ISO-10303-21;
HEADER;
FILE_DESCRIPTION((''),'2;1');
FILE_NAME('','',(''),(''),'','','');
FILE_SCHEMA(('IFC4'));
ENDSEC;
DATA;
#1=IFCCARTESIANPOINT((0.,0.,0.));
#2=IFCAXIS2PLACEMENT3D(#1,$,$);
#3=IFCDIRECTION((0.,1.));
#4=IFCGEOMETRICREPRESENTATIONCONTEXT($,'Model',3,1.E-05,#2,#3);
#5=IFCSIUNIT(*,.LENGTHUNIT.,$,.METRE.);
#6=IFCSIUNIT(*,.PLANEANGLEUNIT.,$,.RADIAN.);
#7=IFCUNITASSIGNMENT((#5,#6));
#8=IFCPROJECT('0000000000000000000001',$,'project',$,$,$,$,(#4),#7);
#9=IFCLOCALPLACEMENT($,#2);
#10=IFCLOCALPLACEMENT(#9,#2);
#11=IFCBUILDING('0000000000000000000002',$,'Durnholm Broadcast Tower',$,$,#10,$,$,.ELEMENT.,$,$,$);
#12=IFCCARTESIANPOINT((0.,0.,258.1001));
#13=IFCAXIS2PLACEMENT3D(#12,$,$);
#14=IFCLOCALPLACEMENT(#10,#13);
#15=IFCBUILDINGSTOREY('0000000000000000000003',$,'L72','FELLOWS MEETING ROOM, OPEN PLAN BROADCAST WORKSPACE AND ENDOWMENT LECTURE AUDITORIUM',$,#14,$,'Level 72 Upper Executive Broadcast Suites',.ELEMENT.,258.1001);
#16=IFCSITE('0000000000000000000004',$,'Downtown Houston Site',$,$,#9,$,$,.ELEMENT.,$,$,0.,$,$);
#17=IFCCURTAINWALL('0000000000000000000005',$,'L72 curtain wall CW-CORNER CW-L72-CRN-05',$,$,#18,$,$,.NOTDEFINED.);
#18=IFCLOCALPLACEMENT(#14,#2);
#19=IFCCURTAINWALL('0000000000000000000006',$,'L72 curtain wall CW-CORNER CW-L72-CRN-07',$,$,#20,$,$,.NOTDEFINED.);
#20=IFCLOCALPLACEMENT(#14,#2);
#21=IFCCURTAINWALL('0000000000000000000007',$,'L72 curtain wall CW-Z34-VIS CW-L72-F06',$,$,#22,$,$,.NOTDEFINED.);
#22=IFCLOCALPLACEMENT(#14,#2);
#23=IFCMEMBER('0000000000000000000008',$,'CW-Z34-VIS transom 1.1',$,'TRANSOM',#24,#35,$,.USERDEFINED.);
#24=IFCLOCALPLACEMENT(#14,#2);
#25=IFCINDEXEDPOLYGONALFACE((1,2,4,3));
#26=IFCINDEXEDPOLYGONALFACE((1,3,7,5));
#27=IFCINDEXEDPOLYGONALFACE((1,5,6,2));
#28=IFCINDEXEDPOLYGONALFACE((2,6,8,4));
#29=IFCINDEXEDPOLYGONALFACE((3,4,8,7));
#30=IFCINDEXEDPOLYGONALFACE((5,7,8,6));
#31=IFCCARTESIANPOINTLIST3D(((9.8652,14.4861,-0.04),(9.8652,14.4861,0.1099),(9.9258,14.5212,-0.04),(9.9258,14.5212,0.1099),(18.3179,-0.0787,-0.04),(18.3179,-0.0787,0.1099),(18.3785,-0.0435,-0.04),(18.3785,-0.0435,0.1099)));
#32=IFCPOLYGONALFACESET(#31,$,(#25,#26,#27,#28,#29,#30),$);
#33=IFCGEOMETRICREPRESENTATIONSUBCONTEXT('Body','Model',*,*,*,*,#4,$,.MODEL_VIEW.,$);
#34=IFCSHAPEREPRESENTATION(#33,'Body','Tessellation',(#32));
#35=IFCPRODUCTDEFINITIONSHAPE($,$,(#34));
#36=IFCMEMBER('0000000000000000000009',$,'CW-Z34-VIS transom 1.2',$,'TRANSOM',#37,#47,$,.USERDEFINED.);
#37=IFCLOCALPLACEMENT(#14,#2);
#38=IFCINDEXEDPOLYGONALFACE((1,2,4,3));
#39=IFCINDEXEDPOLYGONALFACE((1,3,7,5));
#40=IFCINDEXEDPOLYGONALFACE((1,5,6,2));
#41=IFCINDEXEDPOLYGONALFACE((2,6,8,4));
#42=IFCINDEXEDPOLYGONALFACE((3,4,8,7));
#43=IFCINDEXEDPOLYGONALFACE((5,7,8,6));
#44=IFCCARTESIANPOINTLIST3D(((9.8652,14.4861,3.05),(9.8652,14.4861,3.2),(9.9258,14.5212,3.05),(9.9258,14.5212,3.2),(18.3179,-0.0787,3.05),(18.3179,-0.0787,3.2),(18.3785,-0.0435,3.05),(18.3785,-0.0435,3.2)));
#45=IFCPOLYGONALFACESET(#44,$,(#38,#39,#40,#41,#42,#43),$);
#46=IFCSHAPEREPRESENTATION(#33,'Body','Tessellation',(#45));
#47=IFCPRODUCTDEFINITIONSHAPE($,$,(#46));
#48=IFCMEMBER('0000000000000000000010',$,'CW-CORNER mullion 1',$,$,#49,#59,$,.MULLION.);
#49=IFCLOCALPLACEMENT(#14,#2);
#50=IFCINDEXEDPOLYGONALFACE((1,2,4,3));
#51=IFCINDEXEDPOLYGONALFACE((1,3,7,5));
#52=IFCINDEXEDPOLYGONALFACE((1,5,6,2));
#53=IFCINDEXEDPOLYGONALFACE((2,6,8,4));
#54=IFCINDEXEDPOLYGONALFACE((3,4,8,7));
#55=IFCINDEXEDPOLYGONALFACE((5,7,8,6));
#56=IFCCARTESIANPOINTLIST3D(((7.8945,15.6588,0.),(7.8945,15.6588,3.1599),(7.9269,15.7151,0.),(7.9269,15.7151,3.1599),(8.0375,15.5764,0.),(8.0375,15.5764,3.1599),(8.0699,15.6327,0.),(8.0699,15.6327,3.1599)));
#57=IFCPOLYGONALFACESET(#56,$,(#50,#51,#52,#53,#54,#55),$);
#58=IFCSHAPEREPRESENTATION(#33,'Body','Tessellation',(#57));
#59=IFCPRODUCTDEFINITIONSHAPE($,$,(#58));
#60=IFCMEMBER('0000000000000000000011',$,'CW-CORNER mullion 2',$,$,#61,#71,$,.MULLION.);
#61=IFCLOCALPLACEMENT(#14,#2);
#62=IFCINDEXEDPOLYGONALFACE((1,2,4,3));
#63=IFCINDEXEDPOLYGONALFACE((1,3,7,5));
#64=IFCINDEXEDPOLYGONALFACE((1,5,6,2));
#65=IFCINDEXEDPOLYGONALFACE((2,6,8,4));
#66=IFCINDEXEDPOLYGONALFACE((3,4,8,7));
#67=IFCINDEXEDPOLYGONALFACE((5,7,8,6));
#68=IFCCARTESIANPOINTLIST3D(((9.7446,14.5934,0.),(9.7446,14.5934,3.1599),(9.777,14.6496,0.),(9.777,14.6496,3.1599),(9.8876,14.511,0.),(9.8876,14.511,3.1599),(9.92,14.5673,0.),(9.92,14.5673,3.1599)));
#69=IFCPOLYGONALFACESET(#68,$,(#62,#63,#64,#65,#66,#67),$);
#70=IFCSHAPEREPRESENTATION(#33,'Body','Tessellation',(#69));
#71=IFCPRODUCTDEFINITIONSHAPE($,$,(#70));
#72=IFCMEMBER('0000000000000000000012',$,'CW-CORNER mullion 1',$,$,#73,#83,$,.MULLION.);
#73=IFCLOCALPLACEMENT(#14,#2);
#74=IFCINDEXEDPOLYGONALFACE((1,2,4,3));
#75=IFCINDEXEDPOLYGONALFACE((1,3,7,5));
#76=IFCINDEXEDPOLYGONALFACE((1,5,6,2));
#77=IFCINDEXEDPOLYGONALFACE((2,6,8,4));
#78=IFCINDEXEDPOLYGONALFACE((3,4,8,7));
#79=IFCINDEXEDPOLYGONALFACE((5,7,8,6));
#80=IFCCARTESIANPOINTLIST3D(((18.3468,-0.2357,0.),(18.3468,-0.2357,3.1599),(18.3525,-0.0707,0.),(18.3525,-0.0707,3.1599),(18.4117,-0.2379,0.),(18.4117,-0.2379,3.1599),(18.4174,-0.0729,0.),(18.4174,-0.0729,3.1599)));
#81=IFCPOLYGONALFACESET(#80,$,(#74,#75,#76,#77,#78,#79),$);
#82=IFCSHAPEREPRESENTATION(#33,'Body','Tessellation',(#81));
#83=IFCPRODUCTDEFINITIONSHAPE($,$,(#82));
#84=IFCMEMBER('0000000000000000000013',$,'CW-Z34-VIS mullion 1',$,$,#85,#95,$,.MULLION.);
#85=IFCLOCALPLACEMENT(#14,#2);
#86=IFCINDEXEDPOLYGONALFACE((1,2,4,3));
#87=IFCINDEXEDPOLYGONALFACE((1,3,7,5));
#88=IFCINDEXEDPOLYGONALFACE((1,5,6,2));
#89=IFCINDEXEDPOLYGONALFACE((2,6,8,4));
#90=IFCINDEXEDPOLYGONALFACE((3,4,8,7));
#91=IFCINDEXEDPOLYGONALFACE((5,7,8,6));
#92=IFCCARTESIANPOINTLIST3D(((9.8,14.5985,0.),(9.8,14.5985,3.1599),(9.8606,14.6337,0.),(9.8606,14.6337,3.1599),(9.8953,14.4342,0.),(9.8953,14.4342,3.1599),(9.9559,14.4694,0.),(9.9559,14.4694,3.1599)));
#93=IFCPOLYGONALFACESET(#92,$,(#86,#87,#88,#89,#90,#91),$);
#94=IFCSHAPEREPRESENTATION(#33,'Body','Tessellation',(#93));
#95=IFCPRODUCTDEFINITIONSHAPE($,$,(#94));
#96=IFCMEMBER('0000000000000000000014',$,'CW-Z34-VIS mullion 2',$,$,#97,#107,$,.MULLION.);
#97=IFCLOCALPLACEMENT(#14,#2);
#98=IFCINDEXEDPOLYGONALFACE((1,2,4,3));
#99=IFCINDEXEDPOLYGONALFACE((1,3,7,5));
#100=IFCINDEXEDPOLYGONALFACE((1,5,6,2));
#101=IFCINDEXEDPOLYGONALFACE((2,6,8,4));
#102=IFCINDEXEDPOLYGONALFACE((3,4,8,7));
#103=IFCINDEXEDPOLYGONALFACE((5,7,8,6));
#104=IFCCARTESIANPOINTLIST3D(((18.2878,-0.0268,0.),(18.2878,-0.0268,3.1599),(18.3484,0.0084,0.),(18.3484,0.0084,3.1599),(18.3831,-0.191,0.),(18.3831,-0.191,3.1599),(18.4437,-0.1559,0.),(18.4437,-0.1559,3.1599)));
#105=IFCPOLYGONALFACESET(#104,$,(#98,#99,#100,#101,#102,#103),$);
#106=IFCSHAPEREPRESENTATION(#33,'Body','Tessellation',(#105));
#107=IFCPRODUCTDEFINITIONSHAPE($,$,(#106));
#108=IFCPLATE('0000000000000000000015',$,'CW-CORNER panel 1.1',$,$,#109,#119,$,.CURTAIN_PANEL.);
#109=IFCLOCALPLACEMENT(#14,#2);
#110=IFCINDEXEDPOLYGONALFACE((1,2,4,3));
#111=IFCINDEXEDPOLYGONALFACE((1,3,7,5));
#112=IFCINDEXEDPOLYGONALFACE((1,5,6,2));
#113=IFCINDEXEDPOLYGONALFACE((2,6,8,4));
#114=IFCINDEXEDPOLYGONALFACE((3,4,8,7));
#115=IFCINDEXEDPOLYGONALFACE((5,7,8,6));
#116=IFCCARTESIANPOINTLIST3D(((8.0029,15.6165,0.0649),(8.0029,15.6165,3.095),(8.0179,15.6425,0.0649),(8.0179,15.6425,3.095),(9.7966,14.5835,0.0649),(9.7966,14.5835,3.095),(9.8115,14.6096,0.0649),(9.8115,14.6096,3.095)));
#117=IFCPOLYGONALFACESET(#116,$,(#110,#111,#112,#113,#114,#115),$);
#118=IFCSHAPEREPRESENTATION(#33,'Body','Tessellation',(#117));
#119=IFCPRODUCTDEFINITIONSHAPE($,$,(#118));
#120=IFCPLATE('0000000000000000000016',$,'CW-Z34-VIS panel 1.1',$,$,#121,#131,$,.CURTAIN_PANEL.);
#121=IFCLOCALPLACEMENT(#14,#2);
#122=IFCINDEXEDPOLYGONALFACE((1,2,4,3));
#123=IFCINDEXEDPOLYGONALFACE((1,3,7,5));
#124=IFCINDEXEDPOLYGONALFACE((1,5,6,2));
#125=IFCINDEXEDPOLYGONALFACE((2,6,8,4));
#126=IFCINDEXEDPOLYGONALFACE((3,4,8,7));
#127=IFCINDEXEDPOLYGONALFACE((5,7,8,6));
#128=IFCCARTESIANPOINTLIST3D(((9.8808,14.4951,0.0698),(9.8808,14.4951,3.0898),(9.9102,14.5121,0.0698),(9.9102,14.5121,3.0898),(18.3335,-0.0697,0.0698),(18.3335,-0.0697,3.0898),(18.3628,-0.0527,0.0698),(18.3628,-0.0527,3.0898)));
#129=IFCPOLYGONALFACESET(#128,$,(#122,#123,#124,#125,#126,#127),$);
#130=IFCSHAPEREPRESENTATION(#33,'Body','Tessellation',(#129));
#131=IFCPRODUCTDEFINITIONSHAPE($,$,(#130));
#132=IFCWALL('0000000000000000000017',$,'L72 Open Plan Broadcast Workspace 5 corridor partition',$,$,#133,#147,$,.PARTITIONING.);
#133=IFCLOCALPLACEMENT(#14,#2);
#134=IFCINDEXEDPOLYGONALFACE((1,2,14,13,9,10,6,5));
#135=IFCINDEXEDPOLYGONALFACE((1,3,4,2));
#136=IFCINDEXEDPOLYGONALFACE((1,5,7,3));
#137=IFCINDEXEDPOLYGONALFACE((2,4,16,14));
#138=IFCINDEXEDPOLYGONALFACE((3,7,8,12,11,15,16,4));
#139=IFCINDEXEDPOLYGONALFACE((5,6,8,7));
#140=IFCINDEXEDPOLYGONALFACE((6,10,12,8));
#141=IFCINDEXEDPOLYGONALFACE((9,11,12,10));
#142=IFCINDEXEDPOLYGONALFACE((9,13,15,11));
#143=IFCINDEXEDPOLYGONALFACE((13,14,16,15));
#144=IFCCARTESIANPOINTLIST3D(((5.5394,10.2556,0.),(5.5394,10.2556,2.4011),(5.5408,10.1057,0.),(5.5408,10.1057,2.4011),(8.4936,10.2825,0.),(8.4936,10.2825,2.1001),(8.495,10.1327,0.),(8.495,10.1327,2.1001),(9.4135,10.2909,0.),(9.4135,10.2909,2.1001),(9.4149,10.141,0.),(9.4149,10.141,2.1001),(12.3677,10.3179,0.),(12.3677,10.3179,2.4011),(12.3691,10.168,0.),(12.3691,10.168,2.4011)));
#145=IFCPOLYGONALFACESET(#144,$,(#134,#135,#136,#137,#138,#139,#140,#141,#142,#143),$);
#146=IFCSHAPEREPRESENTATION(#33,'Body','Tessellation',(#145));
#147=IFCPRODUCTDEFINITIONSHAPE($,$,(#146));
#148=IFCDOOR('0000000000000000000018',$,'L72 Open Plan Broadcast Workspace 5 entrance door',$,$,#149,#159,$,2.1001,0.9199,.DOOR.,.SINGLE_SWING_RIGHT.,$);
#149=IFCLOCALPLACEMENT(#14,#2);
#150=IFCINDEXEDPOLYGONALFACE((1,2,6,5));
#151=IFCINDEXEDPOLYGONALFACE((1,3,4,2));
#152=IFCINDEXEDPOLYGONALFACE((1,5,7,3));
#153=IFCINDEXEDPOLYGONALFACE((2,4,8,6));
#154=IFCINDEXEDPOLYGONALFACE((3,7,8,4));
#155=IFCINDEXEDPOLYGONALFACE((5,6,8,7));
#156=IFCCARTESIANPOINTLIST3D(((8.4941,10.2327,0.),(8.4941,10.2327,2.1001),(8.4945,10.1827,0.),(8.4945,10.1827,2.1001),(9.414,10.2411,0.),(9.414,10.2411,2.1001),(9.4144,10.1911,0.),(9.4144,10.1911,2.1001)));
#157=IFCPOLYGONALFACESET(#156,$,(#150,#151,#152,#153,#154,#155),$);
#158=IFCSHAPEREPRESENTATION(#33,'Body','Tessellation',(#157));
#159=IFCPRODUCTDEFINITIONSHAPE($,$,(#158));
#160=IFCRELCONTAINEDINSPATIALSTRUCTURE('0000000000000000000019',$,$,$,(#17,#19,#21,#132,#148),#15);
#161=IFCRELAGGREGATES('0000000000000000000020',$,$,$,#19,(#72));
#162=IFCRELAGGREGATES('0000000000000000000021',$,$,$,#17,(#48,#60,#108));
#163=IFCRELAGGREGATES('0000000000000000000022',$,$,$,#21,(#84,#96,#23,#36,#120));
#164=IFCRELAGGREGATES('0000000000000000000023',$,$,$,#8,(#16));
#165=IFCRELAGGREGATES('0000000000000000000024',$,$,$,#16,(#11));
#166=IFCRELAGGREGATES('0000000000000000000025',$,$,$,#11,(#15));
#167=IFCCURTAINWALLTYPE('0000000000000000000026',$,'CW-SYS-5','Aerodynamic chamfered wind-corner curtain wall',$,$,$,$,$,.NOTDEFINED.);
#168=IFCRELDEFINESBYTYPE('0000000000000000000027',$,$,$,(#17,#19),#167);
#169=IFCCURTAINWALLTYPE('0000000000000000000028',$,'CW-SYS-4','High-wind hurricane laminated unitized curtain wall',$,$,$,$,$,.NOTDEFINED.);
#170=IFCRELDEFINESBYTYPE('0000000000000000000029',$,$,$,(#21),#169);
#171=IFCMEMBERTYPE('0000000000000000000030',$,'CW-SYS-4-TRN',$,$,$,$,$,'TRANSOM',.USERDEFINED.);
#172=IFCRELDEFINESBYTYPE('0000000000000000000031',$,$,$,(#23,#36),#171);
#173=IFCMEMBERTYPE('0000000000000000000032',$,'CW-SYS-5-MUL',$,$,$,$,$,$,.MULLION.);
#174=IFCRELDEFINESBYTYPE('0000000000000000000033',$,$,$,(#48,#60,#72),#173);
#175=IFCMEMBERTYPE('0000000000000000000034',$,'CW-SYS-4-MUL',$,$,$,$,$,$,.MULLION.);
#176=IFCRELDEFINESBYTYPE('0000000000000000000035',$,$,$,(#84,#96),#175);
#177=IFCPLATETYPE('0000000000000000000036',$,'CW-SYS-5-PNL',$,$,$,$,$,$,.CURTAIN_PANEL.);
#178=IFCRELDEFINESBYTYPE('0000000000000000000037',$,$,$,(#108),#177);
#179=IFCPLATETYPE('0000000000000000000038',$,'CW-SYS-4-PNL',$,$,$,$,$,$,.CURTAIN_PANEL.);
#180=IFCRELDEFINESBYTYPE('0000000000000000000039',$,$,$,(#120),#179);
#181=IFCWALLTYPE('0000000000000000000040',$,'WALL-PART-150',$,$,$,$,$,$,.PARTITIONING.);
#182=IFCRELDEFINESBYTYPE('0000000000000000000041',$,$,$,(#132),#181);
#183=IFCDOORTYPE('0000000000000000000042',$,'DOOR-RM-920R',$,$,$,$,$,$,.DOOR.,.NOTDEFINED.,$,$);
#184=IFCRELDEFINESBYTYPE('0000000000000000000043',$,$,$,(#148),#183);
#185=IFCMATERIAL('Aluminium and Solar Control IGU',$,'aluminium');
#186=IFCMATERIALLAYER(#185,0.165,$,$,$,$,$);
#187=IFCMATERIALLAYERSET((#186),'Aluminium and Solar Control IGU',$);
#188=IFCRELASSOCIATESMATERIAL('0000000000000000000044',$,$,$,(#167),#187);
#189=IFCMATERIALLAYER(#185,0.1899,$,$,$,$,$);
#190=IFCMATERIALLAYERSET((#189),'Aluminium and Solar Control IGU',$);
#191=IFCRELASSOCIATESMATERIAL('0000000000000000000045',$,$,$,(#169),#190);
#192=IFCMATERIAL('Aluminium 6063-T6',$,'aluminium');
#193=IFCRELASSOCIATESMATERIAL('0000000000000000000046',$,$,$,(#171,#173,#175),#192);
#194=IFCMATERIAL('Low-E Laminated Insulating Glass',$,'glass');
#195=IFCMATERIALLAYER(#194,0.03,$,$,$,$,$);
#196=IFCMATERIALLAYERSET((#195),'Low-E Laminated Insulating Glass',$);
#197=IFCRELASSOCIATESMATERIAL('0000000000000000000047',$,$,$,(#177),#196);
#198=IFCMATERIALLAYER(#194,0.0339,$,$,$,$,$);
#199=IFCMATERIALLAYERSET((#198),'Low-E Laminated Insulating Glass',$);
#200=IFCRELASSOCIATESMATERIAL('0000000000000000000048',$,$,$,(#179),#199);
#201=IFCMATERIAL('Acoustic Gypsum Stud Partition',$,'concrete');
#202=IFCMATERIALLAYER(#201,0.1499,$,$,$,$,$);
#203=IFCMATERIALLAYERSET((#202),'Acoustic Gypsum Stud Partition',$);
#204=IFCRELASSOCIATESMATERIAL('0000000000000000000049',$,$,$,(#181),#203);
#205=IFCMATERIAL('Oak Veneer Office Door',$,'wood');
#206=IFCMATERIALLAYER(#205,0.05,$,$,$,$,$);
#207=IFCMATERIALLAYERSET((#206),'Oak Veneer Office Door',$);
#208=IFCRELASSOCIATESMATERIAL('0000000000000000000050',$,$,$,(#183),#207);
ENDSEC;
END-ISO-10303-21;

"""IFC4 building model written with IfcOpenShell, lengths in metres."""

from ifc_helpers import new_model, si_unit, direction, frame, frame_2d, origin, origin_2d, place, context, subcontext, project, spatial, rectangle, extrude, source, transform, mapped, material, layer, layer_set, material_profile, profile_set, type_object, type_shapes, element, fill, aggregate, save


model = new_model("IFC4")

# Units and contexts
model_context = context("Model", 3, precision=1e-05, world=origin(), true_north=direction((0.0, 1.0)))
body_context = subcontext(model_context, "Body", "Model", "MODEL_VIEW")
ifc_project = project(units=[si_unit("LENGTHUNIT", "METRE"), si_unit("PLANEANGLEUNIT", "RADIAN")], contexts=[model_context])

# Site, building, storey
site_placement = place(None, origin())
site = spatial("IfcSite", under=ifc_project, at=site_placement, Name="Downtown Houston Site", CompositionType="ELEMENT", RefElevation=0.0)
building_placement = place(site_placement, origin())
building = spatial("IfcBuilding", under=site, at=building_placement, Name="Durnholm Broadcast Tower", CompositionType="ELEMENT")
storey_placement = place(building_placement, frame((0.0, 0.0, 258.1001)))
storey = spatial("IfcBuildingStorey", under=building, at=storey_placement, Name="L72", Description="FELLOWS MEETING ROOM, OPEN PLAN BROADCAST WORKSPACE AND ENDOWMENT LECTURE AUDITORIUM", LongName="Level 72 Upper Executive Broadcast Suites", CompositionType="ELEMENT", Elevation=258.1001)

# Curtain walls, members
ifc_material_1 = material(Name="Aluminium and Solar Control IGU", Category="aluminium")
ifc_layer_1 = layer(ifc_material_1, 0.165)
ifc_layer_set_1 = layer_set([ifc_layer_1], Name="Aluminium and Solar Control IGU")
curtain_wall_type_1 = type_object("IfcCurtainWallType", Name="CW-SYS-5", Description="Aerodynamic chamfered wind-corner curtain wall", PredefinedType="NOTDEFINED", material=ifc_layer_set_1)
curtain_wall_1_placement = place(storey_placement, origin())
curtain_wall_1 = element("IfcCurtainWall", 1, at=curtain_wall_1_placement, inside=storey, type_object=curtain_wall_type_1, Name="L72 curtain wall CW-CORNER CW-L72-CRN-05", PredefinedType="NOTDEFINED")
ifc_material_2 = material(Name="Aluminium 6063-T6", Category="aluminium")
curtain_wall_2_placement = place(storey_placement, origin())
curtain_wall_2 = element("IfcCurtainWall", 2, at=curtain_wall_2_placement, inside=storey, type_object=curtain_wall_type_1, Name="L72 curtain wall CW-CORNER CW-L72-CRN-07", PredefinedType="NOTDEFINED")
ifc_layer_2 = layer(ifc_material_1, 0.1899)
ifc_layer_set_2 = layer_set([ifc_layer_2], Name="Aluminium and Solar Control IGU")
curtain_wall_type_2 = type_object("IfcCurtainWallType", Name="CW-SYS-4", Description="High-wind hurricane laminated unitized curtain wall", PredefinedType="NOTDEFINED", material=ifc_layer_set_2)
curtain_wall_3_placement = place(storey_placement, origin())
curtain_wall_3 = element("IfcCurtainWall", 3, at=curtain_wall_3_placement, inside=storey, type_object=curtain_wall_type_2, Name="L72 curtain wall CW-Z34-VIS CW-L72-F06", PredefinedType="NOTDEFINED")
ifc_material_profile_1 = material_profile(ifc_material_2, rectangle(XDim=0.0701, YDim=0.1499, at=origin_2d()), Name="CWT70X150")
ifc_profile_set_1 = profile_set([ifc_material_profile_1], Name="Aluminium 6063-T6")
member_type_1 = type_object("IfcMemberType", Name="CW-SYS-4-TRN", ElementType="TRANSOM", PredefinedType="USERDEFINED", material=ifc_profile_set_1)
shared_shape_1 = source(origin(), body_context, "Body", "SweptSolid", [
    extrude(rectangle(XDim=0.0701, YDim=0.1499, at=origin_2d()), origin(), (0.0, 0.0, 1.0), 16.8398),
])
type_shapes(member_type_1, [shared_shape_1])
member_1_placement = place(storey_placement, frame((9.8955, 14.5037, 0.0349), z_axis=(0.501945, -0.864899, 0.0), x_axis=(0.864899, 0.501945, 0.0)))
member_1 = element("IfcMember", 4, at=member_1_placement, type_object=member_type_1, Name="CW-Z34-VIS transom 1.1", ObjectType="TRANSOM", PredefinedType="USERDEFINED", context=body_context, shape_type="MappedRepresentation", body=[
    mapped(shared_shape_1, transform((0.0, 0.0, 0.0), x_axis=(1.0, 0.0, 0.0), y_axis=(0.0, 1.0, 0.0), z_axis=(0.0, 0.0, 1.0), scale=1.0)),
])
member_2_placement = place(storey_placement, frame((9.8955, 14.5037, 3.125), z_axis=(0.501945, -0.864899, 0.0), x_axis=(0.864899, 0.501945, 0.0)))
member_2 = element("IfcMember", 5, at=member_2_placement, type_object=member_type_1, Name="CW-Z34-VIS transom 1.2", ObjectType="TRANSOM", PredefinedType="USERDEFINED", context=body_context, shape_type="MappedRepresentation", body=[
    mapped(shared_shape_1, transform((0.0, 0.0, 0.0), x_axis=(1.0, 0.0, 0.0), y_axis=(0.0, 1.0, 0.0), z_axis=(0.0, 0.0, 1.0), scale=1.0)),
])

# Members
ifc_material_profile_2 = material_profile(ifc_material_2, rectangle(XDim=0.0649, YDim=0.165, at=origin_2d()), Name="CWM65X165")
ifc_profile_set_2 = profile_set([ifc_material_profile_2], Name="Aluminium 6063-T6")
member_type_2 = type_object("IfcMemberType", Name="CW-SYS-5-MUL", PredefinedType="MULLION", material=ifc_profile_set_2)
shared_shape_2 = source(origin(), body_context, "Body", "SweptSolid", [
    extrude(rectangle(XDim=0.0649, YDim=0.165, at=origin_2d()), origin(), (0.0, 0.0, 1.0), 3.1599),
])
type_shapes(member_type_2, [shared_shape_2])
member_3_placement = place(storey_placement, frame((7.9822, 15.6458, 0.0), z_axis=(0.0, 0.0, 1.0), x_axis=(0.499059, 0.866568, 0.0)))
member_3 = element("IfcMember", 6, at=member_3_placement, type_object=member_type_2, Name="CW-CORNER mullion 1", PredefinedType="MULLION", context=body_context, shape_type="MappedRepresentation", body=[
    mapped(shared_shape_2, transform((0.0, 0.0, 0.0), x_axis=(1.0, 0.0, 0.0), y_axis=(0.0, 1.0, 0.0), z_axis=(0.0, 0.0, 1.0), scale=1.0)),
])
member_4_placement = place(storey_placement, frame((9.8323, 14.5803, 0.0), z_axis=(0.0, 0.0, 1.0), x_axis=(0.499059, 0.866568, 0.0)))
member_4 = element("IfcMember", 7, at=member_4_placement, type_object=member_type_2, Name="CW-CORNER mullion 2", PredefinedType="MULLION", context=body_context, shape_type="MappedRepresentation", body=[
    mapped(shared_shape_2, transform((0.0, 0.0, 0.0), x_axis=(1.0, 0.0, 0.0), y_axis=(0.0, 1.0, 0.0), z_axis=(0.0, 0.0, 1.0), scale=1.0)),
])
member_5_placement = place(storey_placement, frame((18.3821, -0.1543, 0.0), z_axis=(0.0, 0.0, 1.0), x_axis=(0.999411, -0.034318, 0.0)))
member_5 = element("IfcMember", 8, at=member_5_placement, type_object=member_type_2, Name="CW-CORNER mullion 1", PredefinedType="MULLION", context=body_context, shape_type="MappedRepresentation", body=[
    mapped(shared_shape_2, transform((0.0, 0.0, 0.0), x_axis=(1.0, 0.0, 0.0), y_axis=(0.0, 1.0, 0.0), z_axis=(0.0, 0.0, 1.0), scale=1.0)),
])
aggregate(curtain_wall_2, [member_5])
ifc_material_profile_3 = material_profile(ifc_material_2, rectangle(XDim=0.0701, YDim=0.1899, at=origin_2d()), Name="CWM70X190")
ifc_profile_set_3 = profile_set([ifc_material_profile_3], Name="Aluminium 6063-T6")
member_type_3 = type_object("IfcMemberType", Name="CW-SYS-4-MUL", PredefinedType="MULLION", material=ifc_profile_set_3)
shared_shape_3 = source(origin(), body_context, "Body", "SweptSolid", [
    extrude(rectangle(XDim=0.0701, YDim=0.1899, at=origin_2d()), origin(), (0.0, 0.0, 1.0), 3.1599),
])
type_shapes(member_type_3, [shared_shape_3])
member_6_placement = place(storey_placement, frame((9.8779, 14.5339, 0.0), z_axis=(0.0, 0.0, 1.0), x_axis=(0.8649, 0.501944, 0.0)))
member_6 = element("IfcMember", 9, at=member_6_placement, type_object=member_type_3, Name="CW-Z34-VIS mullion 1", PredefinedType="MULLION", context=body_context, shape_type="MappedRepresentation", body=[
    mapped(shared_shape_3, transform((0.0, 0.0, 0.0), x_axis=(1.0, 0.0, 0.0), y_axis=(0.0, 1.0, 0.0), z_axis=(0.0, 0.0, 1.0), scale=1.0)),
])
member_7_placement = place(storey_placement, frame((18.3657, -0.0913, 0.0), z_axis=(0.0, 0.0, 1.0), x_axis=(0.8649, 0.501944, 0.0)))
member_7 = element("IfcMember", 10, at=member_7_placement, type_object=member_type_3, Name="CW-Z34-VIS mullion 2", PredefinedType="MULLION", context=body_context, shape_type="MappedRepresentation", body=[
    mapped(shared_shape_3, transform((0.0, 0.0, 0.0), x_axis=(1.0, 0.0, 0.0), y_axis=(0.0, 1.0, 0.0), z_axis=(0.0, 0.0, 1.0), scale=1.0)),
])

# Plates
ifc_material_3 = material(Name="Low-E Laminated Insulating Glass", Category="glass")
ifc_layer_3 = layer(ifc_material_3, 0.03)
ifc_layer_set_3 = layer_set([ifc_layer_3], Name="Low-E Laminated Insulating Glass")
plate_type_1 = type_object("IfcPlateType", Name="CW-SYS-5-PNL", PredefinedType="CURTAIN_PANEL", material=ifc_layer_set_3)
shared_shape_4 = source(origin(), body_context, "Body", "SweptSolid", [
    extrude(rectangle(XDim=2.0698, YDim=0.03, at=origin_2d()), origin(), (0.0, 0.0, 1.0), 3.03),
])
type_shapes(plate_type_1, [shared_shape_4])
plate_1_placement = place(storey_placement, frame((8.9072, 15.113, 0.0649), z_axis=(0.0, 0.0, 1.0), x_axis=(0.866568, -0.499059, 0.0)))
plate_1 = element("IfcPlate", 11, at=plate_1_placement, type_object=plate_type_1, Name="CW-CORNER panel 1.1", PredefinedType="CURTAIN_PANEL", context=body_context, shape_type="MappedRepresentation", body=[
    mapped(shared_shape_4, transform((0.0, 0.0, 0.0), x_axis=(1.0, 0.0, 0.0), y_axis=(0.0, 1.0, 0.0), z_axis=(0.0, 0.0, 1.0), scale=1.0)),
])
aggregate(curtain_wall_1, [member_3, member_4, plate_1])
ifc_layer_4 = layer(ifc_material_3, 0.0339)
ifc_layer_set_4 = layer_set([ifc_layer_4], Name="Low-E Laminated Insulating Glass")
plate_type_2 = type_object("IfcPlateType", Name="CW-SYS-4-PNL", PredefinedType="CURTAIN_PANEL", material=ifc_layer_set_4)
shared_shape_5 = source(origin(), body_context, "Body", "SweptSolid", [
    extrude(rectangle(XDim=16.8398, YDim=0.0339, at=origin_2d()), origin(), (0.0, 0.0, 1.0), 3.02),
])
type_shapes(plate_type_2, [shared_shape_5])
plate_2_placement = place(storey_placement, frame((14.1218, 7.2212, 0.0698), z_axis=(0.0, 0.0, 1.0), x_axis=(0.501944, -0.8649, 0.0)))
plate_2 = element("IfcPlate", 12, at=plate_2_placement, type_object=plate_type_2, Name="CW-Z34-VIS panel 1.1", PredefinedType="CURTAIN_PANEL", context=body_context, shape_type="MappedRepresentation", body=[
    mapped(shared_shape_5, transform((0.0, 0.0, 0.0), x_axis=(1.0, 0.0, 0.0), y_axis=(0.0, 1.0, 0.0), z_axis=(0.0, 0.0, 1.0), scale=1.0)),
])
aggregate(curtain_wall_3, [member_6, member_7, member_1, member_2, plate_2])

# Wall, opening, door
ifc_material_4 = material(Name="Acoustic Gypsum Stud Partition", Category="concrete")
ifc_layer_5 = layer(ifc_material_4, 0.1499)
ifc_layer_set_5 = layer_set([ifc_layer_5], Name="Acoustic Gypsum Stud Partition")
wall_type_1 = type_object("IfcWallType", Name="WALL-PART-150", PredefinedType="PARTITIONING", material=ifc_layer_set_5)
wall_1_placement = place(storey_placement, frame((12.3684, 10.2429, 0.0), z_axis=(0.0, 0.0, 1.0), x_axis=(-0.999958, -0.009117, 0.0)))
wall_1 = element("IfcWall", 13, at=wall_1_placement, inside=storey, type_object=wall_type_1, Name="L72 Open Plan Broadcast Workspace 5 corridor partition", PredefinedType="PARTITIONING", context=body_context, shape_type="SweptSolid", body=[
    extrude(rectangle(XDim=6.8286, YDim=0.1499, at=frame_2d((3.4143, 0.0))), origin(), (0.0, 0.0, 1.0), 2.4011),
])
opening_1_placement = place(wall_1_placement, frame((2.9543, 0.0, 0.0)))
opening_1 = element("IfcOpeningElement", 14, at=opening_1_placement, cuts=wall_1, PredefinedType="OPENING", context=body_context, shape_type="SweptSolid", body=[
    extrude(rectangle(XDim=0.9199, YDim=2.1001, at=frame_2d((0.46, 1.05))), frame((0.0, 0.085, 0.0), z_axis=(0.0, -1.0, 0.0), x_axis=(1.0, 0.0, 0.0)), (0.0, 0.0, 1.0), 0.1699),
])
ifc_material_5 = material(Name="Oak Veneer Office Door", Category="wood")
ifc_layer_6 = layer(ifc_material_5, 0.05)
ifc_layer_set_6 = layer_set([ifc_layer_6], Name="Oak Veneer Office Door")
door_type = type_object("IfcDoorType", Name="DOOR-RM-920R", OperationType="NOTDEFINED", PredefinedType="DOOR", material=ifc_layer_set_6)
shared_shape_6 = source(origin(), body_context, "Body", "SweptSolid", [
    extrude(rectangle(XDim=0.9199, YDim=2.1001, at=frame_2d((0.46, 1.05))), frame((0.0, 0.0249, 0.0), z_axis=(0.0, -1.0, 0.0), x_axis=(1.0, 0.0, 0.0)), (0.0, 0.0, 1.0), 0.05),
])
type_shapes(door_type, [shared_shape_6])
door_1_placement = place(opening_1_placement, origin())
door_1 = element("IfcDoor", 15, at=door_1_placement, inside=storey, type_object=door_type, Name="L72 Open Plan Broadcast Workspace 5 entrance door", OperationType="SINGLE_SWING_RIGHT", OverallHeight=2.1001, OverallWidth=0.9199, PredefinedType="DOOR", context=body_context, shape_type="MappedRepresentation", body=[
    mapped(shared_shape_6, transform((0.0, 0.0, 0.0), x_axis=(1.0, 0.0, 0.0), y_axis=(0.0, 1.0, 0.0), z_axis=(0.0, 0.0, 1.0), scale=1.0)),
])
fill(opening_1, door_1)

save(model, "model.ifc")
